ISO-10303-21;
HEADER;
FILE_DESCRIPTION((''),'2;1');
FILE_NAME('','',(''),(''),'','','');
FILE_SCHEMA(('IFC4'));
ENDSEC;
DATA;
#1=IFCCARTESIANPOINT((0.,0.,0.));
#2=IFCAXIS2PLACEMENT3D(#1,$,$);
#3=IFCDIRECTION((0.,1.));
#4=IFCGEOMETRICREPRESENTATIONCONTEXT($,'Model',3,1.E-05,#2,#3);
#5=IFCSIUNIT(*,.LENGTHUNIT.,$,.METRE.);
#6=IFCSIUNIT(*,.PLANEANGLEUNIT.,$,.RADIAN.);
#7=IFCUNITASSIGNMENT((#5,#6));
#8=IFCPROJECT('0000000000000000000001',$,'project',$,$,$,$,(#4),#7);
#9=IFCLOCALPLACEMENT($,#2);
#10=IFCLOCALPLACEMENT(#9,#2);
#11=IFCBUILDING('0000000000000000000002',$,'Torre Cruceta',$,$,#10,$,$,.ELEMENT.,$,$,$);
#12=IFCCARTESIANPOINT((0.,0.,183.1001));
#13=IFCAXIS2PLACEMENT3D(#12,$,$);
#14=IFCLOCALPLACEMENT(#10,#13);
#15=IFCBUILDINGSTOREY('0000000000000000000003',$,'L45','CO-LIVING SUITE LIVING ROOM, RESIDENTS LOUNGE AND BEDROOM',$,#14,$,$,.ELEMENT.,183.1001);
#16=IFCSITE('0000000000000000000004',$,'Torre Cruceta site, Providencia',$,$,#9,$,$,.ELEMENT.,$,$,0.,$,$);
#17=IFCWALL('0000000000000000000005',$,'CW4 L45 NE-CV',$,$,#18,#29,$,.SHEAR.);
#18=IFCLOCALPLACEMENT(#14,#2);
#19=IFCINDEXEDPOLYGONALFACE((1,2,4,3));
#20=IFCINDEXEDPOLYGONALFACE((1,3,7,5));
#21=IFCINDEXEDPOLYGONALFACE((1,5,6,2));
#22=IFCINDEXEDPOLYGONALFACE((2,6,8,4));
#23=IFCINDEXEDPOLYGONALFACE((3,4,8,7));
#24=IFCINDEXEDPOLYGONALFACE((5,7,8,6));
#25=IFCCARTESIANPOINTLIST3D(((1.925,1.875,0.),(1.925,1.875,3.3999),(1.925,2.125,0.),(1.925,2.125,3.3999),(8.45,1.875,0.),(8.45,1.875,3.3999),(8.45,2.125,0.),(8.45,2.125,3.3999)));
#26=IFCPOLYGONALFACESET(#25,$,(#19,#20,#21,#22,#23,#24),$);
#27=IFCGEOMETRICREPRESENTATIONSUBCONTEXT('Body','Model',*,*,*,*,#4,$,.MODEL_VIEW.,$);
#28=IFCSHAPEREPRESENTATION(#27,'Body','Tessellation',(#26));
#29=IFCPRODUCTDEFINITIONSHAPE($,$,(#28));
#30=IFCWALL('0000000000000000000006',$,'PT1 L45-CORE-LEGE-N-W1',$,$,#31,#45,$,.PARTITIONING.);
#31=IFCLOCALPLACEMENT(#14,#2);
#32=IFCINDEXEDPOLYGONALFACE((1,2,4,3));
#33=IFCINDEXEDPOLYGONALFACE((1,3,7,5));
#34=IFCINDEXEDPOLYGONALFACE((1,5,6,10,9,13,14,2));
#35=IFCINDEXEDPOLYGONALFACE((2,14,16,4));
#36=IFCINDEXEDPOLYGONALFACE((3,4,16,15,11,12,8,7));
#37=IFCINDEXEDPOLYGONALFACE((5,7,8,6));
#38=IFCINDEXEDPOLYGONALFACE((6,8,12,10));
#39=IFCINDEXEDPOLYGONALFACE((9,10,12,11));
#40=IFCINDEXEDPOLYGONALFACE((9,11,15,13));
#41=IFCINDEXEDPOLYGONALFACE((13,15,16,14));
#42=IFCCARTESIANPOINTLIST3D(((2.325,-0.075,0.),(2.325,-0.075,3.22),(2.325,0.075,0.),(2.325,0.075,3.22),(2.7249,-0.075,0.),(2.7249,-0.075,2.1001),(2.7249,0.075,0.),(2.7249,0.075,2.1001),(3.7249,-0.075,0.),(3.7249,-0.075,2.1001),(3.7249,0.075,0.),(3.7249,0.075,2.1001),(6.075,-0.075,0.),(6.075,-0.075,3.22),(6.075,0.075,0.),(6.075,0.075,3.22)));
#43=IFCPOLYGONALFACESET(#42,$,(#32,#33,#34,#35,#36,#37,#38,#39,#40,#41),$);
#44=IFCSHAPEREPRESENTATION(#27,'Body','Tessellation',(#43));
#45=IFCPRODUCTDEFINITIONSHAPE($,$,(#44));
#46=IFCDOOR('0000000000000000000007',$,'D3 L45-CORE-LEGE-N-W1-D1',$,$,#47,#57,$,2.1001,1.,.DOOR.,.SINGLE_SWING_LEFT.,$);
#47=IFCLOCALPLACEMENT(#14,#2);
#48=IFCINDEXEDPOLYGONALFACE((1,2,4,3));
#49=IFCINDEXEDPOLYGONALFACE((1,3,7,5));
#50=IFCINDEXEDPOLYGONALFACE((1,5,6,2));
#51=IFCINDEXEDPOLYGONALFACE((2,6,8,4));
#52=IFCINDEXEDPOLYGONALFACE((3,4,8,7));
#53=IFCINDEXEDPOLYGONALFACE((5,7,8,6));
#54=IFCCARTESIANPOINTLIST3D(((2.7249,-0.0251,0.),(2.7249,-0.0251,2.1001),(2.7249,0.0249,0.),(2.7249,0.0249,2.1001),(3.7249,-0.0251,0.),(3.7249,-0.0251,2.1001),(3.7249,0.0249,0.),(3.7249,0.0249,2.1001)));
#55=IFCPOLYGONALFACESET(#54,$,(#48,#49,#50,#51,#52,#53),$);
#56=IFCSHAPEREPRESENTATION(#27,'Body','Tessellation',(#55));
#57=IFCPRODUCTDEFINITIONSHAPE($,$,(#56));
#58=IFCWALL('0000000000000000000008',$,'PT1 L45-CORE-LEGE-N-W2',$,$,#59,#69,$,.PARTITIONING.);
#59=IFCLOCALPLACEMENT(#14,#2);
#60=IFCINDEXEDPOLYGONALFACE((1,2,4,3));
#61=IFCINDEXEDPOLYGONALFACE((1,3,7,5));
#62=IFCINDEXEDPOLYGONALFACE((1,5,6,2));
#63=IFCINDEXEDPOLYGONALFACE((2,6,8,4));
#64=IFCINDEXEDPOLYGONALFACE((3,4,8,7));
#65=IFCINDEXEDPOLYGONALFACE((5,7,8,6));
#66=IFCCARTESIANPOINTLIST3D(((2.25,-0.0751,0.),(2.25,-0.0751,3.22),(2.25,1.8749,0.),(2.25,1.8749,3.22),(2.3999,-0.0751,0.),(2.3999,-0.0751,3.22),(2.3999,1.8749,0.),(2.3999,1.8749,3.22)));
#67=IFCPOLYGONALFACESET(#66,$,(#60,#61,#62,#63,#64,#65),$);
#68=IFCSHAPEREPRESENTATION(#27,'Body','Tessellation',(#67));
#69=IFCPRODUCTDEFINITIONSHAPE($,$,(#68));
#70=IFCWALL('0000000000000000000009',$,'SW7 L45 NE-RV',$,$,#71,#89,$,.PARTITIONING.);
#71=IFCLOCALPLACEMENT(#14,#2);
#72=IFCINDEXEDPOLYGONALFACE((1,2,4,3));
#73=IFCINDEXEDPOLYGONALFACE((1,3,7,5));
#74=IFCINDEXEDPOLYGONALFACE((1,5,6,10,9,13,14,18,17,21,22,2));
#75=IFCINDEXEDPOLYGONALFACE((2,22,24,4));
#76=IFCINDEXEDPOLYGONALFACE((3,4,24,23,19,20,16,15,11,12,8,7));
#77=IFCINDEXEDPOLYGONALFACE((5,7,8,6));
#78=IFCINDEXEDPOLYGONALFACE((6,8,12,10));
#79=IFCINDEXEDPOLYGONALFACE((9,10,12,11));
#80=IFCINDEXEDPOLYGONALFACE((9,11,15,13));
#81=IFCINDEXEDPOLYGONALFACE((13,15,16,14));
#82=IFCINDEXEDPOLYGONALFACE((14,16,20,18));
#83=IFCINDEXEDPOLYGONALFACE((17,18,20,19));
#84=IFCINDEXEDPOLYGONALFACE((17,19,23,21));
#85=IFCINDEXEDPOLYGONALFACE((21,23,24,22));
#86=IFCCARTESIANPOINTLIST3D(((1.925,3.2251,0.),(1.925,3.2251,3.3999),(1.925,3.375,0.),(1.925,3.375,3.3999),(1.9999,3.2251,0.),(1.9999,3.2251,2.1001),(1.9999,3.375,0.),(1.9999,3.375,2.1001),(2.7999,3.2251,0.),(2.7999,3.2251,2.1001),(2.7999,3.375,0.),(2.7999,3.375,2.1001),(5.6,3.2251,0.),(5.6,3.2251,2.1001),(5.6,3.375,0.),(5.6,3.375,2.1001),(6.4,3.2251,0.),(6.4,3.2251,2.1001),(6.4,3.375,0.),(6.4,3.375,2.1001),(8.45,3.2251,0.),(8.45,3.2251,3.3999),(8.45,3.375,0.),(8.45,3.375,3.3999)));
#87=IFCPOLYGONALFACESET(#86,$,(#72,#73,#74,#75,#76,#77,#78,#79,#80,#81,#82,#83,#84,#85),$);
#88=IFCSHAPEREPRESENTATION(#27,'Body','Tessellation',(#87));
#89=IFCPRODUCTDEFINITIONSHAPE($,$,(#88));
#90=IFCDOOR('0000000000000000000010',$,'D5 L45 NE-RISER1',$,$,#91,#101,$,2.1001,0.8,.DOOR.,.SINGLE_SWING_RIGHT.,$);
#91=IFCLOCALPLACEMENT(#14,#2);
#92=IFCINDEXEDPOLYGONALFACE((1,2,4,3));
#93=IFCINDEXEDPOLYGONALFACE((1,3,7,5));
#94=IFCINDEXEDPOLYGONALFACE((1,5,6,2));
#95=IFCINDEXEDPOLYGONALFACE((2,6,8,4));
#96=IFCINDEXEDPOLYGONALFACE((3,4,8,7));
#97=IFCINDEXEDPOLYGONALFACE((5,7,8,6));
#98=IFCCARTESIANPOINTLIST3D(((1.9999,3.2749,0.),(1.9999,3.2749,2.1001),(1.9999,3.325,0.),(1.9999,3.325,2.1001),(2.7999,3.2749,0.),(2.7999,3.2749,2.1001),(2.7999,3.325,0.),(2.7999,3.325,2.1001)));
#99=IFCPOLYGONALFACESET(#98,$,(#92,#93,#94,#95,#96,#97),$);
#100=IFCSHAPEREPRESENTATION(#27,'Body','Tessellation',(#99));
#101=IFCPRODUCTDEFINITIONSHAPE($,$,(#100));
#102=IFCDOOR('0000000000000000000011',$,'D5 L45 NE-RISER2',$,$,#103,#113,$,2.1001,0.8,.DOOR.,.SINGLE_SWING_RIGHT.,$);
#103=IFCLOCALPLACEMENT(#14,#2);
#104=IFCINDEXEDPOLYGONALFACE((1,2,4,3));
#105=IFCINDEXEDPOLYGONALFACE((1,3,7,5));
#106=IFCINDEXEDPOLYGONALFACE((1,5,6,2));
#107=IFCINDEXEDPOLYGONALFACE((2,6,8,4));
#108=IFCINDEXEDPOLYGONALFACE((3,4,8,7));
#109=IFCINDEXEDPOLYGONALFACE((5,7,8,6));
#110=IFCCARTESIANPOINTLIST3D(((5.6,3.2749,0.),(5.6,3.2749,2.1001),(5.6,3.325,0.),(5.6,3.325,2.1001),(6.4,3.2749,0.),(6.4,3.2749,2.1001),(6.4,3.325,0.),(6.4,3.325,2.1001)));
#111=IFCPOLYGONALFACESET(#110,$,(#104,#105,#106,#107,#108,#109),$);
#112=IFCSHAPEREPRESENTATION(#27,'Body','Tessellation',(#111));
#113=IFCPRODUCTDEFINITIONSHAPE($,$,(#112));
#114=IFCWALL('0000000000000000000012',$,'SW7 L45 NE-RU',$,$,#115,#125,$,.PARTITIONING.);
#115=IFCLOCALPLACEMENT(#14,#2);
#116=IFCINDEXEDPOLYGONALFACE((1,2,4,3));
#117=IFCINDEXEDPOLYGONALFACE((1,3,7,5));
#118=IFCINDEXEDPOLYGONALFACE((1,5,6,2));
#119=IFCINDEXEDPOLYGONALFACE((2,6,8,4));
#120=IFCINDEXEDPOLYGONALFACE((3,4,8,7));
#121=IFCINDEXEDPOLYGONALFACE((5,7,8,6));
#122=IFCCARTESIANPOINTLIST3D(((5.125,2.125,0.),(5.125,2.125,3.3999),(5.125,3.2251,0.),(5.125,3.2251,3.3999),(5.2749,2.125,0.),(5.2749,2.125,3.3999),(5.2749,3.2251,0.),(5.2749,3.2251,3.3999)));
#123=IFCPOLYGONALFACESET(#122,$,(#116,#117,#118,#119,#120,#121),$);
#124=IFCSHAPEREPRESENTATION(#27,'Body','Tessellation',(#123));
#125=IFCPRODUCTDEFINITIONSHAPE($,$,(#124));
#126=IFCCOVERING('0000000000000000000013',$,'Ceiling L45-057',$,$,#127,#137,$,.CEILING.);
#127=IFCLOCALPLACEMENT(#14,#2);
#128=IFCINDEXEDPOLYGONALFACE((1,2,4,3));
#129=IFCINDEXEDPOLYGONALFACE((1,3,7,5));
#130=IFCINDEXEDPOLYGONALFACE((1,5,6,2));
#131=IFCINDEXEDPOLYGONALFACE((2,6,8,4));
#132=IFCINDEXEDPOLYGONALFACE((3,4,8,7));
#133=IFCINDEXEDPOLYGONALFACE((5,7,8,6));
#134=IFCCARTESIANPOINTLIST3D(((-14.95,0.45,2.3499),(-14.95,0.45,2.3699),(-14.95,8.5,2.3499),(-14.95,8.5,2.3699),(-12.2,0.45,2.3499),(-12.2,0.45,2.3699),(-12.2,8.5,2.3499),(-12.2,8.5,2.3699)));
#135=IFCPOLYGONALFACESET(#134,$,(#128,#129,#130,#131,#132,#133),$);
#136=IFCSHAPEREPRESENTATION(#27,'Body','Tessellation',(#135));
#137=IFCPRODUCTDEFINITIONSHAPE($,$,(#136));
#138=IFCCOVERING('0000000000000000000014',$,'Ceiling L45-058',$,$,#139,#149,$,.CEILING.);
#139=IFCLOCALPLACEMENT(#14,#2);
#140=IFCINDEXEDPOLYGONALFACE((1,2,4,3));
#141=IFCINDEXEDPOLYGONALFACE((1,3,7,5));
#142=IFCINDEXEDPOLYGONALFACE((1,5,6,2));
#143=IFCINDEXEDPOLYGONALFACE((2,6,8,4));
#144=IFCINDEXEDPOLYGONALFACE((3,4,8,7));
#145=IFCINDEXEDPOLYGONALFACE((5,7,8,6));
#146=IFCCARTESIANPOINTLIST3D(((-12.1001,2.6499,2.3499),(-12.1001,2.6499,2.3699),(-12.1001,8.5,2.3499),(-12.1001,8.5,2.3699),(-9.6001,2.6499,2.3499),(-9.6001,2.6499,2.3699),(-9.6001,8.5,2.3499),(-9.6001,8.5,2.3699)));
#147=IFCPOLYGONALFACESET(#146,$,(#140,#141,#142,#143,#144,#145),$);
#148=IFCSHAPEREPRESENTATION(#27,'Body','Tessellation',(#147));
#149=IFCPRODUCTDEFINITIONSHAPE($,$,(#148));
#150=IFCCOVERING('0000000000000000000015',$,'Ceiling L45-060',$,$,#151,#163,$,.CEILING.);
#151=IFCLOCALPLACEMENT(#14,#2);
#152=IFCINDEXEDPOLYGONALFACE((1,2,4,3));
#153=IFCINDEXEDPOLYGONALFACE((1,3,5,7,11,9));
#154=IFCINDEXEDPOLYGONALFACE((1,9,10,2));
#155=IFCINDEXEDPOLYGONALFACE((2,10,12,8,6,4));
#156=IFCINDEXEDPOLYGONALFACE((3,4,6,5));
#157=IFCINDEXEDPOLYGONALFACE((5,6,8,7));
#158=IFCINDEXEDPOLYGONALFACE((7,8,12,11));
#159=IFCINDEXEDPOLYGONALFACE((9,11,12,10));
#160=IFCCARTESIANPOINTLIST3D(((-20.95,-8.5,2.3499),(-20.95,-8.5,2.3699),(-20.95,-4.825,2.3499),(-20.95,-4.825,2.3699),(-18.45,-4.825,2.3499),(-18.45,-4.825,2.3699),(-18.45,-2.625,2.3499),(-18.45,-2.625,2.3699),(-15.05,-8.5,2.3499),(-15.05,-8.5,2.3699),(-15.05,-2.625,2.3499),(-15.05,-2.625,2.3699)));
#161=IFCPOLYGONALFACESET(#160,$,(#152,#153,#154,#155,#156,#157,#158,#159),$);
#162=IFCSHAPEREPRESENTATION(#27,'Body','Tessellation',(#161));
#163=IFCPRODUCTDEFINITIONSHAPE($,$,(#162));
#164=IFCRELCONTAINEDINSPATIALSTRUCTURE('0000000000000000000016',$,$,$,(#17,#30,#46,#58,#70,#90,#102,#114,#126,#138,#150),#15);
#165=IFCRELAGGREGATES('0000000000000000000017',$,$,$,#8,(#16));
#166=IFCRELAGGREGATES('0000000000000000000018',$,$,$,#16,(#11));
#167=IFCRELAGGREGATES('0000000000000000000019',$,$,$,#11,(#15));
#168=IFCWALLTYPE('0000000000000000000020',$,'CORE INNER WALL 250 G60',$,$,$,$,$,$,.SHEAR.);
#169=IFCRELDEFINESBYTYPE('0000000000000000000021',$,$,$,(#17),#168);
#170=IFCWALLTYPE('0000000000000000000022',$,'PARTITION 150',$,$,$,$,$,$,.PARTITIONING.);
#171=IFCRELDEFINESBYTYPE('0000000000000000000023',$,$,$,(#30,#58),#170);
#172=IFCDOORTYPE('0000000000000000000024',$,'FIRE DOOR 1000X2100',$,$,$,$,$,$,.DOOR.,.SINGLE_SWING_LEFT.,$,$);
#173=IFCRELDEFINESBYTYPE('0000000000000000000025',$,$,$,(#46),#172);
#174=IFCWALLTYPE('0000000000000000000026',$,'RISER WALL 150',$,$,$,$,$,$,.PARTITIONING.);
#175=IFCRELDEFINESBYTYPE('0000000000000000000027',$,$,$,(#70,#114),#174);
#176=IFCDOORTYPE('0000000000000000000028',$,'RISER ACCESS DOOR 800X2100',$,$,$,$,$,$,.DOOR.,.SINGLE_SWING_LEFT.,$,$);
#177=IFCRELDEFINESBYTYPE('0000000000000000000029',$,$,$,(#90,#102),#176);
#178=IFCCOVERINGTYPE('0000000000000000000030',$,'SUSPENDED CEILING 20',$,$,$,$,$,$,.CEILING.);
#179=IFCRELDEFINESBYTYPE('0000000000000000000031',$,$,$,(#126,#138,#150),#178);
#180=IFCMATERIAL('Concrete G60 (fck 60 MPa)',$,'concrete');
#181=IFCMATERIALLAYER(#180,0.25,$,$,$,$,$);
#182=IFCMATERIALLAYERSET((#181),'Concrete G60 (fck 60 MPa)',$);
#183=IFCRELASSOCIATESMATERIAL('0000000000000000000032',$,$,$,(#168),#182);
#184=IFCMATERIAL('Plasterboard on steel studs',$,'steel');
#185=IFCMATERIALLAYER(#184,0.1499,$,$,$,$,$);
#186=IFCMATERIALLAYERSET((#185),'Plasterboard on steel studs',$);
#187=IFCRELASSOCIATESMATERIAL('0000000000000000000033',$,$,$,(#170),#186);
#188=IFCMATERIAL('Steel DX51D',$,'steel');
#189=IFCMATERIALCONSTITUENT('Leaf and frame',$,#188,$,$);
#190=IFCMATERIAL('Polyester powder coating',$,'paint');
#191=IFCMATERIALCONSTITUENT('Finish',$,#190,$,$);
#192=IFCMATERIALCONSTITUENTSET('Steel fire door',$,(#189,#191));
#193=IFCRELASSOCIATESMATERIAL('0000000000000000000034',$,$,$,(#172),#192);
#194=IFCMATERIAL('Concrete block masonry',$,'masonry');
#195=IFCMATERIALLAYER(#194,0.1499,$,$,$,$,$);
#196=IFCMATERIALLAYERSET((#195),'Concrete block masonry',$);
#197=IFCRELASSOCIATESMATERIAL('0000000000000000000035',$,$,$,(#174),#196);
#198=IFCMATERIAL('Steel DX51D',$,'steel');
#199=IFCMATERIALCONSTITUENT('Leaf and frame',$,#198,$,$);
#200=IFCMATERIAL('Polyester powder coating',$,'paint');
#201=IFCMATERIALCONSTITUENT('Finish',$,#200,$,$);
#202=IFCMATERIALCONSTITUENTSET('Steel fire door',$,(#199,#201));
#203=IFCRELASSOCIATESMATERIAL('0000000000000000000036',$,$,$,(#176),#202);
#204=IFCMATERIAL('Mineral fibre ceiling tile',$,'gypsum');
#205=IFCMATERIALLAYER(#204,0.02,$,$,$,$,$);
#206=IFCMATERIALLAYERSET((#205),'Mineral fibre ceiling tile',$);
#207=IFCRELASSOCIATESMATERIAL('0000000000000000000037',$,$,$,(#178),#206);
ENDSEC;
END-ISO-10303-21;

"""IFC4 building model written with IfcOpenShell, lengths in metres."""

from ifc_helpers import new_model, si_unit, direction, frame, frame_2d, origin, place, context, subcontext, project, spatial, polyline, rectangle, outline, extrude, material, layer, layer_set, constituent, constituent_set, type_object, element, fill, save


model = new_model("IFC4")

# Units and contexts
model_context = context("Model", 3, precision=1e-05, world=origin(), true_north=direction((0.0, 1.0)))
body_context = subcontext(model_context, "Body", "Model", "MODEL_VIEW")
ifc_project = project(units=[si_unit("LENGTHUNIT", "METRE"), si_unit("PLANEANGLEUNIT", "RADIAN")], contexts=[model_context])

# Site, building, storey
site_placement = place(None, origin())
site = spatial("IfcSite", under=ifc_project, at=site_placement, Name="Torre Cruceta site, Providencia", CompositionType="ELEMENT", RefElevation=0.0)
building_placement = place(site_placement, origin())
building = spatial("IfcBuilding", under=site, at=building_placement, Name="Torre Cruceta", CompositionType="ELEMENT")
storey_placement = place(building_placement, frame((0.0, 0.0, 183.1001)))
storey = spatial("IfcBuildingStorey", under=building, at=storey_placement, Name="L45", Description="CO-LIVING SUITE LIVING ROOM, RESIDENTS LOUNGE AND BEDROOM", CompositionType="ELEMENT", Elevation=183.1001)

# Shared definitions
ifc_material_1 = material(Name="Concrete G60 (fck 60 MPa)", Category="concrete")
ifc_layer_1 = layer(ifc_material_1, 0.25)
ifc_layer_set_1 = layer_set([ifc_layer_1], Name="Concrete G60 (fck 60 MPa)")
wall_type_1 = type_object("IfcWallType", Name="CORE INNER WALL 250 G60", PredefinedType="SHEAR", material=ifc_layer_set_1)

# Wall
wall_1_placement = place(storey_placement, frame((1.925, 2.0, 0.0), z_axis=(0.0, 0.0, 1.0), x_axis=(1.0, 0.0, 0.0)))
element("IfcWall", 1, at=wall_1_placement, inside=storey, type_object=wall_type_1, Name="CW4 L45 NE-CV", PredefinedType="SHEAR", context=body_context, shape_type="SweptSolid", body=[
    extrude(rectangle(XDim=6.5249, YDim=0.25, at=frame_2d((3.2625, 0.0))), origin(), (0.0, 0.0, 1.0), 3.3999),
])

# Wall, opening, door
ifc_material_2 = material(Name="Plasterboard on steel studs", Category="steel")
ifc_layer_2 = layer(ifc_material_2, 0.1499)
ifc_layer_set_2 = layer_set([ifc_layer_2], Name="Plasterboard on steel studs")
wall_type_2 = type_object("IfcWallType", Name="PARTITION 150", PredefinedType="PARTITIONING", material=ifc_layer_set_2)
wall_2_placement = place(storey_placement, frame((2.325, 0.0, 0.0), z_axis=(0.0, 0.0, 1.0), x_axis=(1.0, 0.0, 0.0)))
wall_2 = element("IfcWall", 2, at=wall_2_placement, inside=storey, type_object=wall_type_2, Name="PT1 L45-CORE-LEGE-N-W1", PredefinedType="PARTITIONING", context=body_context, shape_type="SweptSolid", body=[
    extrude(rectangle(XDim=3.75, YDim=0.1499, at=frame_2d((1.875, 0.0))), origin(), (0.0, 0.0, 1.0), 3.22),
])
opening_1_placement = place(wall_2_placement, frame((0.3999, 0.0, 0.0)))
opening_1 = element("IfcOpeningElement", 3, at=opening_1_placement, cuts=wall_2, PredefinedType="OPENING", context=body_context, shape_type="SweptSolid", body=[
    extrude(rectangle(XDim=1.0, YDim=2.1001, at=frame_2d((0.5, 1.05))), frame((0.0, 0.085, 0.0), z_axis=(0.0, -1.0, 0.0), x_axis=(1.0, 0.0, 0.0)), (0.0, 0.0, 1.0), 0.1699),
])
ifc_material_3 = material(Name="Steel DX51D", Category="steel")
ifc_constituent_1 = constituent(ifc_material_3, Name="Leaf and frame")
ifc_material_4 = material(Name="Polyester powder coating", Category="paint")
ifc_constituent_2 = constituent(ifc_material_4, Name="Finish")
ifc_constituent_set_1 = constituent_set(constituents=[ifc_constituent_1, ifc_constituent_2], Name="Steel fire door")
door_type_1 = type_object("IfcDoorType", Name="FIRE DOOR 1000X2100", OperationType="SINGLE_SWING_LEFT", PredefinedType="DOOR", material=ifc_constituent_set_1)
door_1_placement = place(opening_1_placement, origin())
door_1 = element("IfcDoor", 4, at=door_1_placement, inside=storey, type_object=door_type_1, Name="D3 L45-CORE-LEGE-N-W1-D1", OperationType="SINGLE_SWING_LEFT", OverallHeight=2.1001, OverallWidth=1.0, PredefinedType="DOOR", context=body_context, shape_type="SweptSolid", body=[
    extrude(rectangle(XDim=1.0, YDim=2.1001, at=frame_2d((0.5, 1.05))), frame((0.0, 0.0249, 0.0), z_axis=(0.0, -1.0, 0.0), x_axis=(1.0, 0.0, 0.0)), (0.0, 0.0, 1.0), 0.05),
])
fill(opening_1, door_1)

# Wall
wall_3_placement = place(storey_placement, frame((2.325, 1.875, 0.0), z_axis=(0.0, 0.0, 1.0), x_axis=(0.0, -1.0, 0.0)))
element("IfcWall", 5, at=wall_3_placement, inside=storey, type_object=wall_type_2, Name="PT1 L45-CORE-LEGE-N-W2", PredefinedType="PARTITIONING", context=body_context, shape_type="SweptSolid", body=[
    extrude(rectangle(XDim=1.95, YDim=0.1499, at=frame_2d((0.9751, 0.0))), origin(), (0.0, 0.0, 1.0), 3.22),
])

# Wall, openings, doors
ifc_material_5 = material(Name="Concrete block masonry", Category="masonry")
ifc_layer_3 = layer(ifc_material_5, 0.1499)
ifc_layer_set_3 = layer_set([ifc_layer_3], Name="Concrete block masonry")
wall_type_3 = type_object("IfcWallType", Name="RISER WALL 150", PredefinedType="PARTITIONING", material=ifc_layer_set_3)
wall_4_placement = place(storey_placement, frame((1.925, 3.3, 0.0), z_axis=(0.0, 0.0, 1.0), x_axis=(1.0, 0.0, 0.0)))
wall_4 = element("IfcWall", 6, at=wall_4_placement, inside=storey, type_object=wall_type_3, Name="SW7 L45 NE-RV", PredefinedType="PARTITIONING", context=body_context, shape_type="SweptSolid", body=[
    extrude(rectangle(XDim=6.5249, YDim=0.1499, at=frame_2d((3.2625, 0.0))), origin(), (0.0, 0.0, 1.0), 3.3999),
])
opening_2_placement = place(wall_4_placement, frame((0.075, 0.0, 0.0)))
opening_2 = element("IfcOpeningElement", 7, at=opening_2_placement, cuts=wall_4, PredefinedType="OPENING", context=body_context, shape_type="SweptSolid", body=[
    extrude(rectangle(XDim=0.8, YDim=2.1001, at=frame_2d((0.3999, 1.05))), frame((0.0, 0.085, 0.0), z_axis=(0.0, -1.0, 0.0), x_axis=(1.0, 0.0, 0.0)), (0.0, 0.0, 1.0), 0.1699),
])
opening_3_placement = place(wall_4_placement, frame((3.675, 0.0, 0.0)))
opening_3 = element("IfcOpeningElement", 8, at=opening_3_placement, cuts=wall_4, PredefinedType="OPENING", context=body_context, shape_type="SweptSolid", body=[
    extrude(rectangle(XDim=0.8, YDim=2.1001, at=frame_2d((0.3999, 1.05))), frame((0.0, 0.085, 0.0), z_axis=(0.0, -1.0, 0.0), x_axis=(1.0, 0.0, 0.0)), (0.0, 0.0, 1.0), 0.1699),
])
ifc_material_6 = material(Name="Steel DX51D", Category="steel")
ifc_constituent_3 = constituent(ifc_material_6, Name="Leaf and frame")
ifc_material_7 = material(Name="Polyester powder coating", Category="paint")
ifc_constituent_4 = constituent(ifc_material_7, Name="Finish")
ifc_constituent_set_2 = constituent_set(constituents=[ifc_constituent_3, ifc_constituent_4], Name="Steel fire door")
door_type_2 = type_object("IfcDoorType", Name="RISER ACCESS DOOR 800X2100", OperationType="SINGLE_SWING_LEFT", PredefinedType="DOOR", material=ifc_constituent_set_2)
door_2_placement = place(opening_2_placement, frame((0.8, 0.0, 0.0), z_axis=(0.0, 0.0, 1.0), x_axis=(-1.0, 0.0, 0.0)))
door_2 = element("IfcDoor", 9, at=door_2_placement, inside=storey, type_object=door_type_2, Name="D5 L45 NE-RISER1", OperationType="SINGLE_SWING_RIGHT", OverallHeight=2.1001, OverallWidth=0.8, PredefinedType="DOOR", context=body_context, shape_type="SweptSolid", body=[
    extrude(rectangle(XDim=0.8, YDim=2.1001, at=frame_2d((0.4001, 1.05))), frame((0.0, 0.0251, 0.0), z_axis=(0.0, -1.0, 0.0), x_axis=(1.0, 0.0, 0.0)), (0.0, 0.0, 1.0), 0.05),
])
fill(opening_2, door_2)
door_3_placement = place(opening_3_placement, frame((0.8, 0.0, 0.0), z_axis=(0.0, 0.0, 1.0), x_axis=(-1.0, 0.0, 0.0)))
door_3 = element("IfcDoor", 10, at=door_3_placement, inside=storey, type_object=door_type_2, Name="D5 L45 NE-RISER2", OperationType="SINGLE_SWING_RIGHT", OverallHeight=2.1001, OverallWidth=0.8, PredefinedType="DOOR", context=body_context, shape_type="SweptSolid", body=[
    extrude(rectangle(XDim=0.8, YDim=2.1001, at=frame_2d((0.4001, 1.05))), frame((0.0, 0.0251, 0.0), z_axis=(0.0, -1.0, 0.0), x_axis=(1.0, 0.0, 0.0)), (0.0, 0.0, 1.0), 0.05),
])
fill(opening_3, door_3)

# Wall
wall_5_placement = place(storey_placement, frame((5.2, 2.125, 0.0), z_axis=(0.0, 0.0, 1.0), x_axis=(0.0, 1.0, 0.0)))
element("IfcWall", 11, at=wall_5_placement, inside=storey, type_object=wall_type_3, Name="SW7 L45 NE-RU", PredefinedType="PARTITIONING", context=body_context, shape_type="SweptSolid", body=[
    extrude(rectangle(XDim=1.1001, YDim=0.1499, at=frame_2d((0.55, 0.0))), origin(), (0.0, 0.0, 1.0), 3.3999),
])

# Coverings
ifc_material_8 = material(Name="Mineral fibre ceiling tile", Category="gypsum")
ifc_layer_4 = layer(ifc_material_8, 0.02)
ifc_layer_set_4 = layer_set([ifc_layer_4], Name="Mineral fibre ceiling tile")
covering_type = type_object("IfcCoveringType", Name="SUSPENDED CEILING 20", PredefinedType="CEILING", material=ifc_layer_set_4)
covering_1_placement = place(storey_placement, frame((0.0, 0.0, 2.3499)))
element("IfcCovering", 12, at=covering_1_placement, inside=storey, type_object=covering_type, Name="Ceiling L45-057", PredefinedType="CEILING", context=body_context, shape_type="SweptSolid", body=[
    extrude(outline(polyline([(-14.95, 8.5), (-12.2, 8.5), (-12.2, 0.45), (-14.95, 0.45), (-14.95, 8.5)])), origin(), (0.0, 0.0, 1.0), 0.02),
])
covering_2_placement = place(storey_placement, frame((0.0, 0.0, 2.3499)))
element("IfcCovering", 13, at=covering_2_placement, inside=storey, type_object=covering_type, Name="Ceiling L45-058", PredefinedType="CEILING", context=body_context, shape_type="SweptSolid", body=[
    extrude(outline(polyline([(-9.6001, 8.5), (-9.6001, 2.6499), (-12.1001, 2.6499), (-12.1001, 8.5), (-9.6001, 8.5)])), origin(), (0.0, 0.0, 1.0), 0.02),
])
covering_3_placement = place(storey_placement, frame((0.0, 0.0, 2.3499)))
element("IfcCovering", 14, at=covering_3_placement, inside=storey, type_object=covering_type, Name="Ceiling L45-060", PredefinedType="CEILING", context=body_context, shape_type="SweptSolid", body=[
    extrude(outline(polyline([(-15.05, -2.625), (-15.05, -8.5), (-20.95, -8.5), (-20.95, -4.825), (-18.45, -4.825), (-18.45, -2.625), (-15.05, -2.625)])), origin(), (0.0, 0.0, 1.0), 0.02),
])

save(model, "model.ifc")
